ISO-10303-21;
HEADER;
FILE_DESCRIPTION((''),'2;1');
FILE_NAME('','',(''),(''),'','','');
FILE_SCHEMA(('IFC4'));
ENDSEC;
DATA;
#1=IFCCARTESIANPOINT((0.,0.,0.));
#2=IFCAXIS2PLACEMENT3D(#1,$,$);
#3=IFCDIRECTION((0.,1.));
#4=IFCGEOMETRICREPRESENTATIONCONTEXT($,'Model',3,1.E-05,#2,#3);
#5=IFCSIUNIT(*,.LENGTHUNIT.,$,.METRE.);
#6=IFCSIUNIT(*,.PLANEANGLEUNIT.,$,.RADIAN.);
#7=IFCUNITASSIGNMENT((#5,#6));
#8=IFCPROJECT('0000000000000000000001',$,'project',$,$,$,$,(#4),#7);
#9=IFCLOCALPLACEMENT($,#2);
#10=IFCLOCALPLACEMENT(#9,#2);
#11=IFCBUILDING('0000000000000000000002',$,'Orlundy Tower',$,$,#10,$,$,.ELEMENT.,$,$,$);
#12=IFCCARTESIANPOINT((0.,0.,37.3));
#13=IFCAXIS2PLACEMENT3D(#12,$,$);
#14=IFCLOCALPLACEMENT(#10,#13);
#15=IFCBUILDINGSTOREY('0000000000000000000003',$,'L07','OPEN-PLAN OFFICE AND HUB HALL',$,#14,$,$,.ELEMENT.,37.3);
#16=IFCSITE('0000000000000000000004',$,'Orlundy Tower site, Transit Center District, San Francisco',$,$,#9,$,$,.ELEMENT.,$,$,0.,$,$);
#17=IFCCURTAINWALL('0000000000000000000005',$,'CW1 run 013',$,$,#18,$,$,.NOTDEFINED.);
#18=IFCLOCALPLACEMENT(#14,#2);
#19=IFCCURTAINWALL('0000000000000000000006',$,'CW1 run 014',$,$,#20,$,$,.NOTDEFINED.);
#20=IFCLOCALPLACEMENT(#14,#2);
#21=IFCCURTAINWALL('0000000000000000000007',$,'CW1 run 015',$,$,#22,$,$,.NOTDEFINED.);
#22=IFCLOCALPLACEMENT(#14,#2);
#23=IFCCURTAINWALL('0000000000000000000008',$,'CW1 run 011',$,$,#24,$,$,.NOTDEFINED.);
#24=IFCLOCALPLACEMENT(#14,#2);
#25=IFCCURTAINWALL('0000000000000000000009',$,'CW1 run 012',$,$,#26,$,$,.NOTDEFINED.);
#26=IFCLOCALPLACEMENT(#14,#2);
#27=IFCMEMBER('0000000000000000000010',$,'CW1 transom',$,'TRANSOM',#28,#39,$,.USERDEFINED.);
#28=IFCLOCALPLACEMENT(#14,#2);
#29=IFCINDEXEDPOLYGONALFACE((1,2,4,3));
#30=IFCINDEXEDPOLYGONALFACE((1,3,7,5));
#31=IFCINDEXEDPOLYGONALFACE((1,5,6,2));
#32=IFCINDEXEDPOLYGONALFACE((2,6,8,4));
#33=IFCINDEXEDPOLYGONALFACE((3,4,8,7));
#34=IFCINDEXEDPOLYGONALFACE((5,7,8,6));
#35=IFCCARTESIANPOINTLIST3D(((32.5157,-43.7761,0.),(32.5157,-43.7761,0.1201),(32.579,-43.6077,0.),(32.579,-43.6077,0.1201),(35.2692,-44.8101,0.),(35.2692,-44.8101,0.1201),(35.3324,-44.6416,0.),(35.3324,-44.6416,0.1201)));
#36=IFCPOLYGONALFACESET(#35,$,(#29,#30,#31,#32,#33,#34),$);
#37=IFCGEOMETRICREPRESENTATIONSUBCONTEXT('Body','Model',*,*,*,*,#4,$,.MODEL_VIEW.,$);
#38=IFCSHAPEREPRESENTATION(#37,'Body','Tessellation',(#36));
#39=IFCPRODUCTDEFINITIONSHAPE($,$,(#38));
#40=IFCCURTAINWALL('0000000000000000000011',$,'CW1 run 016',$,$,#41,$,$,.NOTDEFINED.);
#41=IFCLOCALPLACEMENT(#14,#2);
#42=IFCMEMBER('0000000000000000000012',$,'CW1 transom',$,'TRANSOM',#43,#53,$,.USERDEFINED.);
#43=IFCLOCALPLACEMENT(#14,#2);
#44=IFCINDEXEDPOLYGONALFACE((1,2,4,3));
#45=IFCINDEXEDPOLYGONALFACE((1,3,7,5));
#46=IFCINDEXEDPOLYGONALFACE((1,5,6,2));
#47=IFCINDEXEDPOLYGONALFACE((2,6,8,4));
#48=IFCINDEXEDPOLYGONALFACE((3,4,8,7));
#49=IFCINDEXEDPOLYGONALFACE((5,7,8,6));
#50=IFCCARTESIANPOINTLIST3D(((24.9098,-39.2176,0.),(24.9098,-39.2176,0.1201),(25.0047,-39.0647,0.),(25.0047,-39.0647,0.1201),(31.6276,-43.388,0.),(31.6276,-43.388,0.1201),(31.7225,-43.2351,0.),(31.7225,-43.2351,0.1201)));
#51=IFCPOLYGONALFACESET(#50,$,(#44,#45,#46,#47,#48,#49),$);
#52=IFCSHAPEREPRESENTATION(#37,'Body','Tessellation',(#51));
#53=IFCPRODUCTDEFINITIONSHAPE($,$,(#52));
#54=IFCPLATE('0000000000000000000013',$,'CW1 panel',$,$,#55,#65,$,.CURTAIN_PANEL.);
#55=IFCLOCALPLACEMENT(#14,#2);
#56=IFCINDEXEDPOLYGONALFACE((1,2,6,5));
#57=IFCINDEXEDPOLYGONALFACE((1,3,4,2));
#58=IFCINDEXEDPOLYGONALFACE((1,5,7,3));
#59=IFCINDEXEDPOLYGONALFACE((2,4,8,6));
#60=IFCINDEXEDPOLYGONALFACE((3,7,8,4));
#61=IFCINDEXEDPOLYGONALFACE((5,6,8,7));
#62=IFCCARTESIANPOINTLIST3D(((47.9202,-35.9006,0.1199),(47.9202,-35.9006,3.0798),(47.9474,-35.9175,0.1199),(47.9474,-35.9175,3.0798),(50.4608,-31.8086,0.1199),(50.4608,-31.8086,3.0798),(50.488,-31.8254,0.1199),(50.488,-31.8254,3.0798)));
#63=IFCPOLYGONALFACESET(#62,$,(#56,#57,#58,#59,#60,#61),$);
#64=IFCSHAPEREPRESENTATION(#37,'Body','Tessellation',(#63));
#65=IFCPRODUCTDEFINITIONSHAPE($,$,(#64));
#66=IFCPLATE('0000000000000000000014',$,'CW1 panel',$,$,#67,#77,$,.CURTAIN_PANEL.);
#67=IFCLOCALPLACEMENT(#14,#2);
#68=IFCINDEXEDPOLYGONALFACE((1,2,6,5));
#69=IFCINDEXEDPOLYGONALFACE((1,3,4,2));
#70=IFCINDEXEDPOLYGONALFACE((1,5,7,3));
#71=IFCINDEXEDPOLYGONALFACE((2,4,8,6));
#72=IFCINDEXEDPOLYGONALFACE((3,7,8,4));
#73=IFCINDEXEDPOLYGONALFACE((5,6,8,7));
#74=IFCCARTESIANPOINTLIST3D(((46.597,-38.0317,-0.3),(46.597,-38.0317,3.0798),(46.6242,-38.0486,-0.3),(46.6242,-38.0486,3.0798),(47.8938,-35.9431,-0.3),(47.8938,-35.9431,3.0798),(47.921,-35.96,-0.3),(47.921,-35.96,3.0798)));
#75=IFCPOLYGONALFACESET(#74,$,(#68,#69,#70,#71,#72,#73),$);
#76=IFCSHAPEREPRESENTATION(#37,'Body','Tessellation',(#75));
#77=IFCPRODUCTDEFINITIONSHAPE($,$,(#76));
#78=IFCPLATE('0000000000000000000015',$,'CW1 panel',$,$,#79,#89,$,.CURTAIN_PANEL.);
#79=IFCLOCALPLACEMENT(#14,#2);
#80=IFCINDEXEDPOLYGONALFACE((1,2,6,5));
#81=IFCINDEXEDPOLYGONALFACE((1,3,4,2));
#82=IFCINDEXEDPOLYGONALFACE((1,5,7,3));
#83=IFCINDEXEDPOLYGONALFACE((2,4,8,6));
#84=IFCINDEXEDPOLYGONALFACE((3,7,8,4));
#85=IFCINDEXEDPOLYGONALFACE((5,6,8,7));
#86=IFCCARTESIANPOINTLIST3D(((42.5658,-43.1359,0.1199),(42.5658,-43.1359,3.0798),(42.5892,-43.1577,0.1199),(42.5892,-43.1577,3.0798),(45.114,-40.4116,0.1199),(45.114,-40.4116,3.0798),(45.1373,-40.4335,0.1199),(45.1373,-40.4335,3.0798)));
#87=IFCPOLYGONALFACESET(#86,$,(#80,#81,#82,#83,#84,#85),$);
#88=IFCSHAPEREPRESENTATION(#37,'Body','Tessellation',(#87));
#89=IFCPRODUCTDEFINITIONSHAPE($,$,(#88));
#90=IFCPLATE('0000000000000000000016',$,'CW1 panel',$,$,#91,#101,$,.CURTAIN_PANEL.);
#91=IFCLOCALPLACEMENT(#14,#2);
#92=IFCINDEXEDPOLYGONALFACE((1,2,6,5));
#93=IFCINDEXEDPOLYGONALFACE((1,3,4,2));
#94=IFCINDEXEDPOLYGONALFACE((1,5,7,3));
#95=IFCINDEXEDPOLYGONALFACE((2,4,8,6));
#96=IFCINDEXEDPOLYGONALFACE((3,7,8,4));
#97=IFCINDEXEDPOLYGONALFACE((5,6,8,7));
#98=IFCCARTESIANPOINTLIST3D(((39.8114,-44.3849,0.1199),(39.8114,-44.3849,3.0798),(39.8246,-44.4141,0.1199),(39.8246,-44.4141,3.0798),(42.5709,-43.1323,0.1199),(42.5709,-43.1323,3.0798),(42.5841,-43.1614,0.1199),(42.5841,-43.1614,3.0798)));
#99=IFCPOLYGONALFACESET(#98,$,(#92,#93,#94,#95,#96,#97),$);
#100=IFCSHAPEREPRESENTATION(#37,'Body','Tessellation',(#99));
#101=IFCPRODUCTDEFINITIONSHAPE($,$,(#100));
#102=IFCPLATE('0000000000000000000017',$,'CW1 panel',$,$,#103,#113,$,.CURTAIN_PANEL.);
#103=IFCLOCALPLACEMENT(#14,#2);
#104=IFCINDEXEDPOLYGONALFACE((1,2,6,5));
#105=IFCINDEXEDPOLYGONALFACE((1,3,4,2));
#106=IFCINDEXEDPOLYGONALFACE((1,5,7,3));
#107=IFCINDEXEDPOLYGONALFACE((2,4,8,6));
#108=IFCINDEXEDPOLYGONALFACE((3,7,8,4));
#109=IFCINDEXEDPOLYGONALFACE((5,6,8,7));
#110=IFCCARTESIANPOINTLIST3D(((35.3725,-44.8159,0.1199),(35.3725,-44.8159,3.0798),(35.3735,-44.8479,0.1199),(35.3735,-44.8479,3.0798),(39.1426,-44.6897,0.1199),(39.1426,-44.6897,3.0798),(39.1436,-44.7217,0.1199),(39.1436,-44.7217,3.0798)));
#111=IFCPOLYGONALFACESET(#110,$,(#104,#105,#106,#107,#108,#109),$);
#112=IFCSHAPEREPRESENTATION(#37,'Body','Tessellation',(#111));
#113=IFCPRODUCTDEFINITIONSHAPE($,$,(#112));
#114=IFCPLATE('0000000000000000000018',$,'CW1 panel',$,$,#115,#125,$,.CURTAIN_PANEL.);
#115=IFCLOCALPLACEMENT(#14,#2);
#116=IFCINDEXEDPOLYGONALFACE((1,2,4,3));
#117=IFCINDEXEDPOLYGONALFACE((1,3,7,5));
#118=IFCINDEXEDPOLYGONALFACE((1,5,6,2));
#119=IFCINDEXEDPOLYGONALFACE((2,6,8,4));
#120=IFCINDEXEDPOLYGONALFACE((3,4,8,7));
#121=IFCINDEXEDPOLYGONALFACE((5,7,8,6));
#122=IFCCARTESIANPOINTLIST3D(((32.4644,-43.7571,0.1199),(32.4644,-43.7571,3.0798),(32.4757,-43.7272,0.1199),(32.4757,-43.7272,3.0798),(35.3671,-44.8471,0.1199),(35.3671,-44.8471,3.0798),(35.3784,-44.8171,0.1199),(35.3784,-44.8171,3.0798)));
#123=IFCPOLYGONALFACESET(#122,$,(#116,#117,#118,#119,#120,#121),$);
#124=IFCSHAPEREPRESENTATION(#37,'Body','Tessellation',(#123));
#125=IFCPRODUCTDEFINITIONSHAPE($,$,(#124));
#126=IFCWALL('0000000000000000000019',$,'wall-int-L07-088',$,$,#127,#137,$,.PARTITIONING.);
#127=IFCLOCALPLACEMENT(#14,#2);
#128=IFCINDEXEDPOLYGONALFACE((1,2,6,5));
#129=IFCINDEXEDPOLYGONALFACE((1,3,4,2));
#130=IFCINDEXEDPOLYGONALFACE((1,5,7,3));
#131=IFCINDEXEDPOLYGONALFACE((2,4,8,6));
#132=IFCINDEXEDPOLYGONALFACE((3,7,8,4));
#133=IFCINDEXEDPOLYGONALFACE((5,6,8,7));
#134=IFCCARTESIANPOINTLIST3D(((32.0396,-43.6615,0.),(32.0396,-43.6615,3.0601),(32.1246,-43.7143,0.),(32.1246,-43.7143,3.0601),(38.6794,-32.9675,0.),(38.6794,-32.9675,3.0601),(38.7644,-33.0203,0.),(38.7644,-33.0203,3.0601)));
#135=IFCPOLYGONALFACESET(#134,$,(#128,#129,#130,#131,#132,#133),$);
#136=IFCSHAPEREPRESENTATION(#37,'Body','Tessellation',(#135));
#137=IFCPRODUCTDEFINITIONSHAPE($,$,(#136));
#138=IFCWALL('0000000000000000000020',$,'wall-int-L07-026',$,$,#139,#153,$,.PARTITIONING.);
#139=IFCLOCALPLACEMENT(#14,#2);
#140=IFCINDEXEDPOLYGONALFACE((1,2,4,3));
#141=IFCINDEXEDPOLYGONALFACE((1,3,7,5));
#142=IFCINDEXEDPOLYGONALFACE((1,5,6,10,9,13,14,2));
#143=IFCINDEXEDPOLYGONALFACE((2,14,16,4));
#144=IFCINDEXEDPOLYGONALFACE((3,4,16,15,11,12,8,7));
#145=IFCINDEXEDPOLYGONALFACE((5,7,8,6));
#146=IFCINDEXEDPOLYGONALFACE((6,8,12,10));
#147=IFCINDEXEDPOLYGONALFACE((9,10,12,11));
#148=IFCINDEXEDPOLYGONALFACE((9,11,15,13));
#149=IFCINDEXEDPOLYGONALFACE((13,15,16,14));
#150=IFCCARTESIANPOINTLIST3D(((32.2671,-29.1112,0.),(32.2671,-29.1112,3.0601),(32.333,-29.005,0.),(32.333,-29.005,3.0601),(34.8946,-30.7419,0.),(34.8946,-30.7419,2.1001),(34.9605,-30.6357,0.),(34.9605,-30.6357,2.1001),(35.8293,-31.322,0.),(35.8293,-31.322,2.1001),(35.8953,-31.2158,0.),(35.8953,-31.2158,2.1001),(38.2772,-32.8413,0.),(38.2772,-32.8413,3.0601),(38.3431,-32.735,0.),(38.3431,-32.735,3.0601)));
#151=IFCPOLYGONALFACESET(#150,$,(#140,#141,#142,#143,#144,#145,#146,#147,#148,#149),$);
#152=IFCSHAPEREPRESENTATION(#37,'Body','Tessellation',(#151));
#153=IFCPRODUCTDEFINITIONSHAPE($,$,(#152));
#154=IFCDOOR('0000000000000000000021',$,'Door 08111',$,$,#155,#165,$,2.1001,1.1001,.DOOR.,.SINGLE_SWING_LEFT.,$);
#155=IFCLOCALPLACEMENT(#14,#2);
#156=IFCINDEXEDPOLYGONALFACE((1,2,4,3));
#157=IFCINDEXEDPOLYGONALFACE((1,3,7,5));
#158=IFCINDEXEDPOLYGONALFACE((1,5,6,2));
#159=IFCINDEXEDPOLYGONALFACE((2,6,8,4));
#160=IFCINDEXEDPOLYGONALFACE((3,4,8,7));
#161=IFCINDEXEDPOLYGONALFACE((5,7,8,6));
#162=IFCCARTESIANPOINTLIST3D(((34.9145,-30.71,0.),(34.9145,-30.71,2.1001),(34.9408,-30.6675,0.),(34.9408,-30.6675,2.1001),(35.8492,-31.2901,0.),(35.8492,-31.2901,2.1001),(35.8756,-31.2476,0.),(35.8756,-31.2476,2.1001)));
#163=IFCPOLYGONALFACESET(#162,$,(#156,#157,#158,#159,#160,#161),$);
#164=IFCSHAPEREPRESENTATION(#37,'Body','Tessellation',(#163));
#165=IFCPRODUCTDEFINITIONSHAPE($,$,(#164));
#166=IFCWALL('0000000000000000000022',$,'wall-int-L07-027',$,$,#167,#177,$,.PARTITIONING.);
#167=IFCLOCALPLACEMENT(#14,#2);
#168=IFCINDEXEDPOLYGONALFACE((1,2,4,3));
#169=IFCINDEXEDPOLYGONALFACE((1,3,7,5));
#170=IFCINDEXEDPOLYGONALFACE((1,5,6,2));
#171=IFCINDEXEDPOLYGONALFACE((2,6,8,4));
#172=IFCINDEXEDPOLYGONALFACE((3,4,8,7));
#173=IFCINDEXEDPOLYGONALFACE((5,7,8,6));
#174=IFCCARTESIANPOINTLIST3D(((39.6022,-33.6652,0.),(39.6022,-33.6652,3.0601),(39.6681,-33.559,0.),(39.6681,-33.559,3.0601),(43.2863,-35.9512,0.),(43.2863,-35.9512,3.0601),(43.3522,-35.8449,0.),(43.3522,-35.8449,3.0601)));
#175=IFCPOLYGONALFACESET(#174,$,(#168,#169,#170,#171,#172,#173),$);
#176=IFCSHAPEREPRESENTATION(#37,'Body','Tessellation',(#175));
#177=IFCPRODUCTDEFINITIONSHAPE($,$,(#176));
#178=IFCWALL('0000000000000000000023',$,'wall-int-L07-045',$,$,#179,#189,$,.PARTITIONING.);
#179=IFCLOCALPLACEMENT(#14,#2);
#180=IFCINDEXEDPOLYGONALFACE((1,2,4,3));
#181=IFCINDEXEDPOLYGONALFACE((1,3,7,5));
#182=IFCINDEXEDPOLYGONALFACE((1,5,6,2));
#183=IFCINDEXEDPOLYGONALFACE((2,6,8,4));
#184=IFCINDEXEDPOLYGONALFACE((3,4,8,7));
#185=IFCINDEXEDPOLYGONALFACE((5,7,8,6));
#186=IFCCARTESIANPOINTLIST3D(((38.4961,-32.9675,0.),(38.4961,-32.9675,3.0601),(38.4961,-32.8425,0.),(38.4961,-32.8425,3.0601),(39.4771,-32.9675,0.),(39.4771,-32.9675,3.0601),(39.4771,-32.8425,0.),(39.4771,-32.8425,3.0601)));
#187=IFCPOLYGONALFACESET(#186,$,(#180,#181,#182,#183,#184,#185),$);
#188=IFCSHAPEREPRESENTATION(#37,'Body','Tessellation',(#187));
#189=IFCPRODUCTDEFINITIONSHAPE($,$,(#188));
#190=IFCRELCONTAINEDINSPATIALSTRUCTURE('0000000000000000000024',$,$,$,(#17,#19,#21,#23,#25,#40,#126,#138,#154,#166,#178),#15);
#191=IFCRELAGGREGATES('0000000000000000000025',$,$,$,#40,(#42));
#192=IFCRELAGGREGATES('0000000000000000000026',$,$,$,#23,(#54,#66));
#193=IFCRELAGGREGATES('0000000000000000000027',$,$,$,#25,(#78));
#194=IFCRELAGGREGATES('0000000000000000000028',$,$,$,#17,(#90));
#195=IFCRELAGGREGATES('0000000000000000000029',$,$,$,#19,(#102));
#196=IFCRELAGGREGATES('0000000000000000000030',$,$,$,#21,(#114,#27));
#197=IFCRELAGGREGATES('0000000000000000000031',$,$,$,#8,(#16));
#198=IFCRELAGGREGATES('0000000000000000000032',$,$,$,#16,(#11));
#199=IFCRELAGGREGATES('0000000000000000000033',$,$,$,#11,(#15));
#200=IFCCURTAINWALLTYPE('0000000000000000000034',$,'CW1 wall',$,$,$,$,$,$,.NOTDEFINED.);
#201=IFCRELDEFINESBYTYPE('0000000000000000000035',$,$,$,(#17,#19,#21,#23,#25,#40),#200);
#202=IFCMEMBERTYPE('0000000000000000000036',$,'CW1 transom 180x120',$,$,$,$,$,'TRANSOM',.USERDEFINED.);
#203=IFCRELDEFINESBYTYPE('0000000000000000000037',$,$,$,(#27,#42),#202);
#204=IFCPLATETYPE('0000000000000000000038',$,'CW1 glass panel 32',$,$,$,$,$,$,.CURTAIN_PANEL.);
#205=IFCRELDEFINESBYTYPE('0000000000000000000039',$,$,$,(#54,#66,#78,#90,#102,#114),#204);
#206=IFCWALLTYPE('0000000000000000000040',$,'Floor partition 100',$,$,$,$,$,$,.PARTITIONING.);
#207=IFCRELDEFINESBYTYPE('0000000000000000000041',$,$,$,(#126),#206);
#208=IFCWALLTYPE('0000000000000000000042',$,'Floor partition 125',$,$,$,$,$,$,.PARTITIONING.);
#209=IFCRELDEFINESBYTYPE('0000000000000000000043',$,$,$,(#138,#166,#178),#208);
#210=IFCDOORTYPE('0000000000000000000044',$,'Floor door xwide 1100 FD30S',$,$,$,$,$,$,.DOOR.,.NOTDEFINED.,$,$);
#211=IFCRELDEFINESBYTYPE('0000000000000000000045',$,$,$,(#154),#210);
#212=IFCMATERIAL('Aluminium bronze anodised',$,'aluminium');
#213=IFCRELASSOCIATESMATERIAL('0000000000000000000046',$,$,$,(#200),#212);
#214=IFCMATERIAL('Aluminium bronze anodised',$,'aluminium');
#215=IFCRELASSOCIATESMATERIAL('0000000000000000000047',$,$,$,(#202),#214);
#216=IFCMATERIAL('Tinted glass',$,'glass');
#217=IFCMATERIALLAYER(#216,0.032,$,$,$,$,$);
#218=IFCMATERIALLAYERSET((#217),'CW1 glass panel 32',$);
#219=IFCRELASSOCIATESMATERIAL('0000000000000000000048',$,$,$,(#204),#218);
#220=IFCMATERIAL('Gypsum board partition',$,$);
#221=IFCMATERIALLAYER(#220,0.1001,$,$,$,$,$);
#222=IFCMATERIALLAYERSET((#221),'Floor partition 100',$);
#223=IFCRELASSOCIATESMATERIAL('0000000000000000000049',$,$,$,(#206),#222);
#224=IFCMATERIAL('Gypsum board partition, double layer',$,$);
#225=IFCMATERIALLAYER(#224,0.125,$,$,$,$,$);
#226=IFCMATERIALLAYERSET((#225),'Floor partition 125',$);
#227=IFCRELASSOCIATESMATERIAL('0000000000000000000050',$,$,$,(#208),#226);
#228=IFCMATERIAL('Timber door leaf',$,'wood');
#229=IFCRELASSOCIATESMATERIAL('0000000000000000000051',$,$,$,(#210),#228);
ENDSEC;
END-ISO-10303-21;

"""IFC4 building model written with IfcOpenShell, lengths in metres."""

from ifc_helpers import new_model, si_unit, direction, frame, frame_2d, origin, origin_2d, place, context, subcontext, project, spatial, rectangle, extrude, material, layer, layer_set, material_profile, profile_set, type_object, element, fill, aggregate, save


model = new_model("IFC4")

# Units and contexts
model_context = context("Model", 3, precision=1e-05, world=origin(), true_north=direction((0.0, 1.0)))
body_context = subcontext(model_context, "Body", "Model", "MODEL_VIEW")
ifc_project = project(units=[si_unit("LENGTHUNIT", "METRE"), si_unit("PLANEANGLEUNIT", "RADIAN")], contexts=[model_context])

# Site, building, storey
site_placement = place(None, origin())
site = spatial("IfcSite", under=ifc_project, at=site_placement, Name="Orlundy Tower site, Transit Center District, San Francisco", CompositionType="ELEMENT", RefElevation=0.0)
building_placement = place(site_placement, origin())
building = spatial("IfcBuilding", under=site, at=building_placement, Name="Orlundy Tower", CompositionType="ELEMENT")
storey_placement = place(building_placement, frame((0.0, 0.0, 37.3)))
storey = spatial("IfcBuildingStorey", under=building, at=storey_placement, Name="L07", Description="OPEN-PLAN OFFICE AND HUB HALL", CompositionType="ELEMENT", Elevation=37.3)

# Curtain walls
ifc_material_1 = material(Name="Aluminium bronze anodised", Category="aluminium")
curtain_wall_type = type_object("IfcCurtainWallType", Name="CW1 wall", PredefinedType="NOTDEFINED", material=ifc_material_1)
curtain_wall_1_placement = place(storey_placement, origin())
curtain_wall_1 = element("IfcCurtainWall", 1, at=curtain_wall_1_placement, inside=storey, type_object=curtain_wall_type, Name="CW1 run 013", PredefinedType="NOTDEFINED")
curtain_wall_2_placement = place(storey_placement, origin())
curtain_wall_2 = element("IfcCurtainWall", 2, at=curtain_wall_2_placement, inside=storey, type_object=curtain_wall_type, Name="CW1 run 014", PredefinedType="NOTDEFINED")
curtain_wall_3_placement = place(storey_placement, origin())
curtain_wall_3 = element("IfcCurtainWall", 3, at=curtain_wall_3_placement, inside=storey, type_object=curtain_wall_type, Name="CW1 run 015", PredefinedType="NOTDEFINED")
curtain_wall_4_placement = place(storey_placement, origin())
curtain_wall_4 = element("IfcCurtainWall", 4, at=curtain_wall_4_placement, inside=storey, type_object=curtain_wall_type, Name="CW1 run 011", PredefinedType="NOTDEFINED")
curtain_wall_5_placement = place(storey_placement, origin())
curtain_wall_5 = element("IfcCurtainWall", 5, at=curtain_wall_5_placement, inside=storey, type_object=curtain_wall_type, Name="CW1 run 012", PredefinedType="NOTDEFINED")

# Member
ifc_material_2 = material(Name="Aluminium bronze anodised", Category="aluminium")
ifc_material_profile_1 = material_profile(ifc_material_2, rectangle(XDim=0.1799, YDim=0.1201, at=origin_2d()), Name="CW1 transom 180x120")
ifc_profile_set_1 = profile_set([ifc_material_profile_1], Name="Aluminium bronze anodised")
member_type_1 = type_object("IfcMemberType", Name="CW1 transom 180x120", ElementType="TRANSOM", PredefinedType="USERDEFINED", material=ifc_profile_set_1)
member_1_placement = place(storey_placement, frame((35.3008, -44.7258, 0.0601), z_axis=(-0.936172, 0.351542, 0.0), x_axis=(-0.351542, -0.936172, 0.0)))
member_1 = element("IfcMember", 6, at=member_1_placement, type_object=member_type_1, Name="CW1 transom", ObjectType="TRANSOM", PredefinedType="USERDEFINED", context=body_context, shape_type="SweptSolid", body=[
    extrude(rectangle(XDim=0.1799, YDim=0.1201, at=origin_2d()), origin(), (0.0, 0.0, 1.0), 2.9412),
])

# Curtain wall, member
curtain_wall_6_placement = place(storey_placement, origin())
curtain_wall_6 = element("IfcCurtainWall", 7, at=curtain_wall_6_placement, inside=storey, type_object=curtain_wall_type, Name="CW1 run 016", PredefinedType="NOTDEFINED")
member_2_placement = place(storey_placement, frame((31.675, -43.3115, 0.0601), z_axis=(-0.849597, 0.527432, 0.0), x_axis=(-0.527432, -0.849597, 0.0)))
member_2 = element("IfcMember", 8, at=member_2_placement, type_object=member_type_1, Name="CW1 transom", ObjectType="TRANSOM", PredefinedType="USERDEFINED", context=body_context, shape_type="SweptSolid", body=[
    extrude(rectangle(XDim=0.1799, YDim=0.1201, at=origin_2d()), origin(), (0.0, 0.0, 1.0), 7.907),
])
aggregate(curtain_wall_6, [member_2])

# Plates
ifc_material_3 = material(Name="Tinted glass", Category="glass")
ifc_layer_1 = layer(ifc_material_3, 0.032)
ifc_layer_set_1 = layer_set([ifc_layer_1], Name="CW1 glass panel 32")
plate_type = type_object("IfcPlateType", Name="CW1 glass panel 32", PredefinedType="CURTAIN_PANEL", material=ifc_layer_set_1)
plate_1_placement = place(storey_placement, frame((49.2041, -33.863, 0.1199), z_axis=(0.0, 0.0, 1.0), x_axis=(-0.527475, -0.84957, 0.0)))
plate_1 = element("IfcPlate", 9, at=plate_1_placement, type_object=plate_type, Name="CW1 panel", PredefinedType="CURTAIN_PANEL", context=body_context, shape_type="SweptSolid", body=[
    extrude(rectangle(XDim=4.8167, YDim=0.032, at=origin_2d()), origin(), (0.0, 0.0, 1.0), 2.96),
])
plate_2_placement = place(storey_placement, frame((47.259, -36.9958, -0.3), z_axis=(0.0, 0.0, 1.0), x_axis=(-0.527475, -0.84957, 0.0)))
plate_2 = element("IfcPlate", 10, at=plate_2_placement, type_object=plate_type, Name="CW1 panel", PredefinedType="CURTAIN_PANEL", context=body_context, shape_type="SweptSolid", body=[
    extrude(rectangle(XDim=2.4585, YDim=0.032, at=origin_2d()), origin(), (0.0, 0.0, 1.0), 3.3799),
])
aggregate(curtain_wall_4, [plate_1, plate_2])
plate_3_placement = place(storey_placement, frame((43.8516, -41.7847, 0.1199), z_axis=(0.0, 0.0, 1.0), x_axis=(-0.683106, -0.730319, 0.0)))
plate_3 = element("IfcPlate", 11, at=plate_3_placement, type_object=plate_type, Name="CW1 panel", PredefinedType="CURTAIN_PANEL", context=body_context, shape_type="SweptSolid", body=[
    extrude(rectangle(XDim=3.7302, YDim=0.032, at=origin_2d()), origin(), (0.0, 0.0, 1.0), 2.96),
])
aggregate(curtain_wall_5, [plate_3])
plate_4_placement = place(storey_placement, frame((41.1978, -43.7732, 0.1199), z_axis=(0.0, 0.0, 1.0), x_axis=(-0.910579, -0.413335, 0.0)))
plate_4 = element("IfcPlate", 12, at=plate_4_placement, type_object=plate_type, Name="CW1 panel", PredefinedType="CURTAIN_PANEL", context=body_context, shape_type="SweptSolid", body=[
    extrude(rectangle(XDim=3.0305, YDim=0.032, at=origin_2d()), origin(), (0.0, 0.0, 1.0), 2.96),
])
aggregate(curtain_wall_1, [plate_4])
plate_5_placement = place(storey_placement, frame((37.2581, -44.7688, 0.1199), z_axis=(0.0, 0.0, 1.0), x_axis=(-0.99944, -0.03345, 0.0)))
plate_5 = element("IfcPlate", 13, at=plate_5_placement, type_object=plate_type, Name="CW1 panel", PredefinedType="CURTAIN_PANEL", context=body_context, shape_type="SweptSolid", body=[
    extrude(rectangle(XDim=3.7722, YDim=0.032, at=origin_2d()), origin(), (0.0, 0.0, 1.0), 2.96),
])
aggregate(curtain_wall_2, [plate_5])
plate_6_placement = place(storey_placement, frame((33.9214, -44.2871, 0.1199), z_axis=(0.0, 0.0, 1.0), x_axis=(-0.936174, 0.351537, 0.0)))
plate_6 = element("IfcPlate", 14, at=plate_6_placement, type_object=plate_type, Name="CW1 panel", PredefinedType="CURTAIN_PANEL", context=body_context, shape_type="SweptSolid", body=[
    extrude(rectangle(XDim=3.1006, YDim=0.032, at=origin_2d()), origin(), (0.0, 0.0, 1.0), 2.96),
])
aggregate(curtain_wall_3, [plate_6, member_1])

# Wall
ifc_material_4 = material(Name="Gypsum board partition")
ifc_layer_2 = layer(ifc_material_4, 0.1001)
ifc_layer_set_2 = layer_set([ifc_layer_2], Name="Floor partition 100")
wall_type_1 = type_object("IfcWallType", Name="Floor partition 100", PredefinedType="PARTITIONING", material=ifc_layer_set_2)
wall_1_placement = place(storey_placement, frame((32.082, -43.688, 0.0), z_axis=(0.0, 0.0, 1.0), x_axis=(0.527488, 0.849563, 0.0)))
element("IfcWall", 15, at=wall_1_placement, inside=storey, type_object=wall_type_1, Name="wall-int-L07-088", PredefinedType="PARTITIONING", context=body_context, shape_type="SweptSolid", body=[
    extrude(rectangle(XDim=12.5876, YDim=0.1001, at=frame_2d((6.2939, 0.0))), origin(), (0.0, 0.0, 1.0), 3.0601),
])

# Wall, opening, door
ifc_material_5 = material(Name="Gypsum board partition, double layer")
ifc_layer_3 = layer(ifc_material_5, 0.125)
ifc_layer_set_3 = layer_set([ifc_layer_3], Name="Floor partition 125")
wall_type_2 = type_object("IfcWallType", Name="Floor partition 125", PredefinedType="PARTITIONING", material=ifc_layer_set_3)
wall_2_placement = place(storey_placement, frame((38.3101, -32.7881, 0.0), z_axis=(0.0, 0.0, 1.0), x_axis=(-0.849664, 0.527325, 0.0)))
wall_2 = element("IfcWall", 16, at=wall_2_placement, inside=storey, type_object=wall_type_2, Name="wall-int-L07-026", PredefinedType="PARTITIONING", context=body_context, shape_type="SweptSolid", body=[
    extrude(rectangle(XDim=7.0735, YDim=0.125, at=frame_2d((3.5366, 0.0))), origin(), (0.0, 0.0, 1.0), 3.0601),
])
opening_placement = place(wall_2_placement, frame((2.8809, 0.0, 0.0)))
opening = element("IfcOpeningElement", 17, at=opening_placement, cuts=wall_2, PredefinedType="OPENING", context=body_context, shape_type="SweptSolid", body=[
    extrude(rectangle(XDim=1.1001, YDim=2.1001, at=frame_2d((0.55, 1.05))), frame((0.0, 0.0725, 0.0), z_axis=(0.0, -1.0, 0.0), x_axis=(1.0, 0.0, 0.0)), (0.0, 0.0, 1.0), 0.145),
])
ifc_material_6 = material(Name="Timber door leaf", Category="wood")
door_type = type_object("IfcDoorType", Name="Floor door xwide 1100 FD30S", OperationType="NOTDEFINED", PredefinedType="DOOR", material=ifc_material_6)
door_placement = place(opening_placement, origin())
door = element("IfcDoor", 18, at=door_placement, inside=storey, type_object=door_type, Name="Door 08111", OperationType="SINGLE_SWING_LEFT", OverallHeight=2.1001, OverallWidth=1.1001, PredefinedType="DOOR", context=body_context, shape_type="SweptSolid", body=[
    extrude(rectangle(XDim=1.1001, YDim=2.1001, at=frame_2d((0.55, 1.05))), frame((0.0, 0.0249, 0.0), z_axis=(0.0, -1.0, 0.0), x_axis=(1.0, 0.0, 0.0)), (0.0, 0.0, 1.0), 0.05),
])
fill(opening, door)

# Walls
wall_3_placement = place(storey_placement, frame((39.635, -33.6121, 0.0), z_axis=(0.0, 0.0, 1.0), x_axis=(0.849721, -0.527232, 0.0)))
element("IfcWall", 19, at=wall_3_placement, inside=storey, type_object=wall_type_2, Name="wall-int-L07-027", PredefinedType="PARTITIONING", context=body_context, shape_type="SweptSolid", body=[
    extrude(rectangle(XDim=4.3357, YDim=0.125, at=frame_2d((2.168, 0.0))), origin(), (0.0, 0.0, 1.0), 3.0601),
])
wall_4_placement = place(storey_placement, frame((38.4961, -32.905, 0.0), z_axis=(0.0, 0.0, 1.0), x_axis=(1.0, 0.0, 0.0)))
element("IfcWall", 20, at=wall_4_placement, inside=storey, type_object=wall_type_2, Name="wall-int-L07-045", PredefinedType="PARTITIONING", context=body_context, shape_type="SweptSolid", body=[
    extrude(rectangle(XDim=0.981, YDim=0.125, at=frame_2d((0.4905, 0.0))), origin(), (0.0, 0.0, 1.0), 3.0601),
])

save(model, "model.ifc")
